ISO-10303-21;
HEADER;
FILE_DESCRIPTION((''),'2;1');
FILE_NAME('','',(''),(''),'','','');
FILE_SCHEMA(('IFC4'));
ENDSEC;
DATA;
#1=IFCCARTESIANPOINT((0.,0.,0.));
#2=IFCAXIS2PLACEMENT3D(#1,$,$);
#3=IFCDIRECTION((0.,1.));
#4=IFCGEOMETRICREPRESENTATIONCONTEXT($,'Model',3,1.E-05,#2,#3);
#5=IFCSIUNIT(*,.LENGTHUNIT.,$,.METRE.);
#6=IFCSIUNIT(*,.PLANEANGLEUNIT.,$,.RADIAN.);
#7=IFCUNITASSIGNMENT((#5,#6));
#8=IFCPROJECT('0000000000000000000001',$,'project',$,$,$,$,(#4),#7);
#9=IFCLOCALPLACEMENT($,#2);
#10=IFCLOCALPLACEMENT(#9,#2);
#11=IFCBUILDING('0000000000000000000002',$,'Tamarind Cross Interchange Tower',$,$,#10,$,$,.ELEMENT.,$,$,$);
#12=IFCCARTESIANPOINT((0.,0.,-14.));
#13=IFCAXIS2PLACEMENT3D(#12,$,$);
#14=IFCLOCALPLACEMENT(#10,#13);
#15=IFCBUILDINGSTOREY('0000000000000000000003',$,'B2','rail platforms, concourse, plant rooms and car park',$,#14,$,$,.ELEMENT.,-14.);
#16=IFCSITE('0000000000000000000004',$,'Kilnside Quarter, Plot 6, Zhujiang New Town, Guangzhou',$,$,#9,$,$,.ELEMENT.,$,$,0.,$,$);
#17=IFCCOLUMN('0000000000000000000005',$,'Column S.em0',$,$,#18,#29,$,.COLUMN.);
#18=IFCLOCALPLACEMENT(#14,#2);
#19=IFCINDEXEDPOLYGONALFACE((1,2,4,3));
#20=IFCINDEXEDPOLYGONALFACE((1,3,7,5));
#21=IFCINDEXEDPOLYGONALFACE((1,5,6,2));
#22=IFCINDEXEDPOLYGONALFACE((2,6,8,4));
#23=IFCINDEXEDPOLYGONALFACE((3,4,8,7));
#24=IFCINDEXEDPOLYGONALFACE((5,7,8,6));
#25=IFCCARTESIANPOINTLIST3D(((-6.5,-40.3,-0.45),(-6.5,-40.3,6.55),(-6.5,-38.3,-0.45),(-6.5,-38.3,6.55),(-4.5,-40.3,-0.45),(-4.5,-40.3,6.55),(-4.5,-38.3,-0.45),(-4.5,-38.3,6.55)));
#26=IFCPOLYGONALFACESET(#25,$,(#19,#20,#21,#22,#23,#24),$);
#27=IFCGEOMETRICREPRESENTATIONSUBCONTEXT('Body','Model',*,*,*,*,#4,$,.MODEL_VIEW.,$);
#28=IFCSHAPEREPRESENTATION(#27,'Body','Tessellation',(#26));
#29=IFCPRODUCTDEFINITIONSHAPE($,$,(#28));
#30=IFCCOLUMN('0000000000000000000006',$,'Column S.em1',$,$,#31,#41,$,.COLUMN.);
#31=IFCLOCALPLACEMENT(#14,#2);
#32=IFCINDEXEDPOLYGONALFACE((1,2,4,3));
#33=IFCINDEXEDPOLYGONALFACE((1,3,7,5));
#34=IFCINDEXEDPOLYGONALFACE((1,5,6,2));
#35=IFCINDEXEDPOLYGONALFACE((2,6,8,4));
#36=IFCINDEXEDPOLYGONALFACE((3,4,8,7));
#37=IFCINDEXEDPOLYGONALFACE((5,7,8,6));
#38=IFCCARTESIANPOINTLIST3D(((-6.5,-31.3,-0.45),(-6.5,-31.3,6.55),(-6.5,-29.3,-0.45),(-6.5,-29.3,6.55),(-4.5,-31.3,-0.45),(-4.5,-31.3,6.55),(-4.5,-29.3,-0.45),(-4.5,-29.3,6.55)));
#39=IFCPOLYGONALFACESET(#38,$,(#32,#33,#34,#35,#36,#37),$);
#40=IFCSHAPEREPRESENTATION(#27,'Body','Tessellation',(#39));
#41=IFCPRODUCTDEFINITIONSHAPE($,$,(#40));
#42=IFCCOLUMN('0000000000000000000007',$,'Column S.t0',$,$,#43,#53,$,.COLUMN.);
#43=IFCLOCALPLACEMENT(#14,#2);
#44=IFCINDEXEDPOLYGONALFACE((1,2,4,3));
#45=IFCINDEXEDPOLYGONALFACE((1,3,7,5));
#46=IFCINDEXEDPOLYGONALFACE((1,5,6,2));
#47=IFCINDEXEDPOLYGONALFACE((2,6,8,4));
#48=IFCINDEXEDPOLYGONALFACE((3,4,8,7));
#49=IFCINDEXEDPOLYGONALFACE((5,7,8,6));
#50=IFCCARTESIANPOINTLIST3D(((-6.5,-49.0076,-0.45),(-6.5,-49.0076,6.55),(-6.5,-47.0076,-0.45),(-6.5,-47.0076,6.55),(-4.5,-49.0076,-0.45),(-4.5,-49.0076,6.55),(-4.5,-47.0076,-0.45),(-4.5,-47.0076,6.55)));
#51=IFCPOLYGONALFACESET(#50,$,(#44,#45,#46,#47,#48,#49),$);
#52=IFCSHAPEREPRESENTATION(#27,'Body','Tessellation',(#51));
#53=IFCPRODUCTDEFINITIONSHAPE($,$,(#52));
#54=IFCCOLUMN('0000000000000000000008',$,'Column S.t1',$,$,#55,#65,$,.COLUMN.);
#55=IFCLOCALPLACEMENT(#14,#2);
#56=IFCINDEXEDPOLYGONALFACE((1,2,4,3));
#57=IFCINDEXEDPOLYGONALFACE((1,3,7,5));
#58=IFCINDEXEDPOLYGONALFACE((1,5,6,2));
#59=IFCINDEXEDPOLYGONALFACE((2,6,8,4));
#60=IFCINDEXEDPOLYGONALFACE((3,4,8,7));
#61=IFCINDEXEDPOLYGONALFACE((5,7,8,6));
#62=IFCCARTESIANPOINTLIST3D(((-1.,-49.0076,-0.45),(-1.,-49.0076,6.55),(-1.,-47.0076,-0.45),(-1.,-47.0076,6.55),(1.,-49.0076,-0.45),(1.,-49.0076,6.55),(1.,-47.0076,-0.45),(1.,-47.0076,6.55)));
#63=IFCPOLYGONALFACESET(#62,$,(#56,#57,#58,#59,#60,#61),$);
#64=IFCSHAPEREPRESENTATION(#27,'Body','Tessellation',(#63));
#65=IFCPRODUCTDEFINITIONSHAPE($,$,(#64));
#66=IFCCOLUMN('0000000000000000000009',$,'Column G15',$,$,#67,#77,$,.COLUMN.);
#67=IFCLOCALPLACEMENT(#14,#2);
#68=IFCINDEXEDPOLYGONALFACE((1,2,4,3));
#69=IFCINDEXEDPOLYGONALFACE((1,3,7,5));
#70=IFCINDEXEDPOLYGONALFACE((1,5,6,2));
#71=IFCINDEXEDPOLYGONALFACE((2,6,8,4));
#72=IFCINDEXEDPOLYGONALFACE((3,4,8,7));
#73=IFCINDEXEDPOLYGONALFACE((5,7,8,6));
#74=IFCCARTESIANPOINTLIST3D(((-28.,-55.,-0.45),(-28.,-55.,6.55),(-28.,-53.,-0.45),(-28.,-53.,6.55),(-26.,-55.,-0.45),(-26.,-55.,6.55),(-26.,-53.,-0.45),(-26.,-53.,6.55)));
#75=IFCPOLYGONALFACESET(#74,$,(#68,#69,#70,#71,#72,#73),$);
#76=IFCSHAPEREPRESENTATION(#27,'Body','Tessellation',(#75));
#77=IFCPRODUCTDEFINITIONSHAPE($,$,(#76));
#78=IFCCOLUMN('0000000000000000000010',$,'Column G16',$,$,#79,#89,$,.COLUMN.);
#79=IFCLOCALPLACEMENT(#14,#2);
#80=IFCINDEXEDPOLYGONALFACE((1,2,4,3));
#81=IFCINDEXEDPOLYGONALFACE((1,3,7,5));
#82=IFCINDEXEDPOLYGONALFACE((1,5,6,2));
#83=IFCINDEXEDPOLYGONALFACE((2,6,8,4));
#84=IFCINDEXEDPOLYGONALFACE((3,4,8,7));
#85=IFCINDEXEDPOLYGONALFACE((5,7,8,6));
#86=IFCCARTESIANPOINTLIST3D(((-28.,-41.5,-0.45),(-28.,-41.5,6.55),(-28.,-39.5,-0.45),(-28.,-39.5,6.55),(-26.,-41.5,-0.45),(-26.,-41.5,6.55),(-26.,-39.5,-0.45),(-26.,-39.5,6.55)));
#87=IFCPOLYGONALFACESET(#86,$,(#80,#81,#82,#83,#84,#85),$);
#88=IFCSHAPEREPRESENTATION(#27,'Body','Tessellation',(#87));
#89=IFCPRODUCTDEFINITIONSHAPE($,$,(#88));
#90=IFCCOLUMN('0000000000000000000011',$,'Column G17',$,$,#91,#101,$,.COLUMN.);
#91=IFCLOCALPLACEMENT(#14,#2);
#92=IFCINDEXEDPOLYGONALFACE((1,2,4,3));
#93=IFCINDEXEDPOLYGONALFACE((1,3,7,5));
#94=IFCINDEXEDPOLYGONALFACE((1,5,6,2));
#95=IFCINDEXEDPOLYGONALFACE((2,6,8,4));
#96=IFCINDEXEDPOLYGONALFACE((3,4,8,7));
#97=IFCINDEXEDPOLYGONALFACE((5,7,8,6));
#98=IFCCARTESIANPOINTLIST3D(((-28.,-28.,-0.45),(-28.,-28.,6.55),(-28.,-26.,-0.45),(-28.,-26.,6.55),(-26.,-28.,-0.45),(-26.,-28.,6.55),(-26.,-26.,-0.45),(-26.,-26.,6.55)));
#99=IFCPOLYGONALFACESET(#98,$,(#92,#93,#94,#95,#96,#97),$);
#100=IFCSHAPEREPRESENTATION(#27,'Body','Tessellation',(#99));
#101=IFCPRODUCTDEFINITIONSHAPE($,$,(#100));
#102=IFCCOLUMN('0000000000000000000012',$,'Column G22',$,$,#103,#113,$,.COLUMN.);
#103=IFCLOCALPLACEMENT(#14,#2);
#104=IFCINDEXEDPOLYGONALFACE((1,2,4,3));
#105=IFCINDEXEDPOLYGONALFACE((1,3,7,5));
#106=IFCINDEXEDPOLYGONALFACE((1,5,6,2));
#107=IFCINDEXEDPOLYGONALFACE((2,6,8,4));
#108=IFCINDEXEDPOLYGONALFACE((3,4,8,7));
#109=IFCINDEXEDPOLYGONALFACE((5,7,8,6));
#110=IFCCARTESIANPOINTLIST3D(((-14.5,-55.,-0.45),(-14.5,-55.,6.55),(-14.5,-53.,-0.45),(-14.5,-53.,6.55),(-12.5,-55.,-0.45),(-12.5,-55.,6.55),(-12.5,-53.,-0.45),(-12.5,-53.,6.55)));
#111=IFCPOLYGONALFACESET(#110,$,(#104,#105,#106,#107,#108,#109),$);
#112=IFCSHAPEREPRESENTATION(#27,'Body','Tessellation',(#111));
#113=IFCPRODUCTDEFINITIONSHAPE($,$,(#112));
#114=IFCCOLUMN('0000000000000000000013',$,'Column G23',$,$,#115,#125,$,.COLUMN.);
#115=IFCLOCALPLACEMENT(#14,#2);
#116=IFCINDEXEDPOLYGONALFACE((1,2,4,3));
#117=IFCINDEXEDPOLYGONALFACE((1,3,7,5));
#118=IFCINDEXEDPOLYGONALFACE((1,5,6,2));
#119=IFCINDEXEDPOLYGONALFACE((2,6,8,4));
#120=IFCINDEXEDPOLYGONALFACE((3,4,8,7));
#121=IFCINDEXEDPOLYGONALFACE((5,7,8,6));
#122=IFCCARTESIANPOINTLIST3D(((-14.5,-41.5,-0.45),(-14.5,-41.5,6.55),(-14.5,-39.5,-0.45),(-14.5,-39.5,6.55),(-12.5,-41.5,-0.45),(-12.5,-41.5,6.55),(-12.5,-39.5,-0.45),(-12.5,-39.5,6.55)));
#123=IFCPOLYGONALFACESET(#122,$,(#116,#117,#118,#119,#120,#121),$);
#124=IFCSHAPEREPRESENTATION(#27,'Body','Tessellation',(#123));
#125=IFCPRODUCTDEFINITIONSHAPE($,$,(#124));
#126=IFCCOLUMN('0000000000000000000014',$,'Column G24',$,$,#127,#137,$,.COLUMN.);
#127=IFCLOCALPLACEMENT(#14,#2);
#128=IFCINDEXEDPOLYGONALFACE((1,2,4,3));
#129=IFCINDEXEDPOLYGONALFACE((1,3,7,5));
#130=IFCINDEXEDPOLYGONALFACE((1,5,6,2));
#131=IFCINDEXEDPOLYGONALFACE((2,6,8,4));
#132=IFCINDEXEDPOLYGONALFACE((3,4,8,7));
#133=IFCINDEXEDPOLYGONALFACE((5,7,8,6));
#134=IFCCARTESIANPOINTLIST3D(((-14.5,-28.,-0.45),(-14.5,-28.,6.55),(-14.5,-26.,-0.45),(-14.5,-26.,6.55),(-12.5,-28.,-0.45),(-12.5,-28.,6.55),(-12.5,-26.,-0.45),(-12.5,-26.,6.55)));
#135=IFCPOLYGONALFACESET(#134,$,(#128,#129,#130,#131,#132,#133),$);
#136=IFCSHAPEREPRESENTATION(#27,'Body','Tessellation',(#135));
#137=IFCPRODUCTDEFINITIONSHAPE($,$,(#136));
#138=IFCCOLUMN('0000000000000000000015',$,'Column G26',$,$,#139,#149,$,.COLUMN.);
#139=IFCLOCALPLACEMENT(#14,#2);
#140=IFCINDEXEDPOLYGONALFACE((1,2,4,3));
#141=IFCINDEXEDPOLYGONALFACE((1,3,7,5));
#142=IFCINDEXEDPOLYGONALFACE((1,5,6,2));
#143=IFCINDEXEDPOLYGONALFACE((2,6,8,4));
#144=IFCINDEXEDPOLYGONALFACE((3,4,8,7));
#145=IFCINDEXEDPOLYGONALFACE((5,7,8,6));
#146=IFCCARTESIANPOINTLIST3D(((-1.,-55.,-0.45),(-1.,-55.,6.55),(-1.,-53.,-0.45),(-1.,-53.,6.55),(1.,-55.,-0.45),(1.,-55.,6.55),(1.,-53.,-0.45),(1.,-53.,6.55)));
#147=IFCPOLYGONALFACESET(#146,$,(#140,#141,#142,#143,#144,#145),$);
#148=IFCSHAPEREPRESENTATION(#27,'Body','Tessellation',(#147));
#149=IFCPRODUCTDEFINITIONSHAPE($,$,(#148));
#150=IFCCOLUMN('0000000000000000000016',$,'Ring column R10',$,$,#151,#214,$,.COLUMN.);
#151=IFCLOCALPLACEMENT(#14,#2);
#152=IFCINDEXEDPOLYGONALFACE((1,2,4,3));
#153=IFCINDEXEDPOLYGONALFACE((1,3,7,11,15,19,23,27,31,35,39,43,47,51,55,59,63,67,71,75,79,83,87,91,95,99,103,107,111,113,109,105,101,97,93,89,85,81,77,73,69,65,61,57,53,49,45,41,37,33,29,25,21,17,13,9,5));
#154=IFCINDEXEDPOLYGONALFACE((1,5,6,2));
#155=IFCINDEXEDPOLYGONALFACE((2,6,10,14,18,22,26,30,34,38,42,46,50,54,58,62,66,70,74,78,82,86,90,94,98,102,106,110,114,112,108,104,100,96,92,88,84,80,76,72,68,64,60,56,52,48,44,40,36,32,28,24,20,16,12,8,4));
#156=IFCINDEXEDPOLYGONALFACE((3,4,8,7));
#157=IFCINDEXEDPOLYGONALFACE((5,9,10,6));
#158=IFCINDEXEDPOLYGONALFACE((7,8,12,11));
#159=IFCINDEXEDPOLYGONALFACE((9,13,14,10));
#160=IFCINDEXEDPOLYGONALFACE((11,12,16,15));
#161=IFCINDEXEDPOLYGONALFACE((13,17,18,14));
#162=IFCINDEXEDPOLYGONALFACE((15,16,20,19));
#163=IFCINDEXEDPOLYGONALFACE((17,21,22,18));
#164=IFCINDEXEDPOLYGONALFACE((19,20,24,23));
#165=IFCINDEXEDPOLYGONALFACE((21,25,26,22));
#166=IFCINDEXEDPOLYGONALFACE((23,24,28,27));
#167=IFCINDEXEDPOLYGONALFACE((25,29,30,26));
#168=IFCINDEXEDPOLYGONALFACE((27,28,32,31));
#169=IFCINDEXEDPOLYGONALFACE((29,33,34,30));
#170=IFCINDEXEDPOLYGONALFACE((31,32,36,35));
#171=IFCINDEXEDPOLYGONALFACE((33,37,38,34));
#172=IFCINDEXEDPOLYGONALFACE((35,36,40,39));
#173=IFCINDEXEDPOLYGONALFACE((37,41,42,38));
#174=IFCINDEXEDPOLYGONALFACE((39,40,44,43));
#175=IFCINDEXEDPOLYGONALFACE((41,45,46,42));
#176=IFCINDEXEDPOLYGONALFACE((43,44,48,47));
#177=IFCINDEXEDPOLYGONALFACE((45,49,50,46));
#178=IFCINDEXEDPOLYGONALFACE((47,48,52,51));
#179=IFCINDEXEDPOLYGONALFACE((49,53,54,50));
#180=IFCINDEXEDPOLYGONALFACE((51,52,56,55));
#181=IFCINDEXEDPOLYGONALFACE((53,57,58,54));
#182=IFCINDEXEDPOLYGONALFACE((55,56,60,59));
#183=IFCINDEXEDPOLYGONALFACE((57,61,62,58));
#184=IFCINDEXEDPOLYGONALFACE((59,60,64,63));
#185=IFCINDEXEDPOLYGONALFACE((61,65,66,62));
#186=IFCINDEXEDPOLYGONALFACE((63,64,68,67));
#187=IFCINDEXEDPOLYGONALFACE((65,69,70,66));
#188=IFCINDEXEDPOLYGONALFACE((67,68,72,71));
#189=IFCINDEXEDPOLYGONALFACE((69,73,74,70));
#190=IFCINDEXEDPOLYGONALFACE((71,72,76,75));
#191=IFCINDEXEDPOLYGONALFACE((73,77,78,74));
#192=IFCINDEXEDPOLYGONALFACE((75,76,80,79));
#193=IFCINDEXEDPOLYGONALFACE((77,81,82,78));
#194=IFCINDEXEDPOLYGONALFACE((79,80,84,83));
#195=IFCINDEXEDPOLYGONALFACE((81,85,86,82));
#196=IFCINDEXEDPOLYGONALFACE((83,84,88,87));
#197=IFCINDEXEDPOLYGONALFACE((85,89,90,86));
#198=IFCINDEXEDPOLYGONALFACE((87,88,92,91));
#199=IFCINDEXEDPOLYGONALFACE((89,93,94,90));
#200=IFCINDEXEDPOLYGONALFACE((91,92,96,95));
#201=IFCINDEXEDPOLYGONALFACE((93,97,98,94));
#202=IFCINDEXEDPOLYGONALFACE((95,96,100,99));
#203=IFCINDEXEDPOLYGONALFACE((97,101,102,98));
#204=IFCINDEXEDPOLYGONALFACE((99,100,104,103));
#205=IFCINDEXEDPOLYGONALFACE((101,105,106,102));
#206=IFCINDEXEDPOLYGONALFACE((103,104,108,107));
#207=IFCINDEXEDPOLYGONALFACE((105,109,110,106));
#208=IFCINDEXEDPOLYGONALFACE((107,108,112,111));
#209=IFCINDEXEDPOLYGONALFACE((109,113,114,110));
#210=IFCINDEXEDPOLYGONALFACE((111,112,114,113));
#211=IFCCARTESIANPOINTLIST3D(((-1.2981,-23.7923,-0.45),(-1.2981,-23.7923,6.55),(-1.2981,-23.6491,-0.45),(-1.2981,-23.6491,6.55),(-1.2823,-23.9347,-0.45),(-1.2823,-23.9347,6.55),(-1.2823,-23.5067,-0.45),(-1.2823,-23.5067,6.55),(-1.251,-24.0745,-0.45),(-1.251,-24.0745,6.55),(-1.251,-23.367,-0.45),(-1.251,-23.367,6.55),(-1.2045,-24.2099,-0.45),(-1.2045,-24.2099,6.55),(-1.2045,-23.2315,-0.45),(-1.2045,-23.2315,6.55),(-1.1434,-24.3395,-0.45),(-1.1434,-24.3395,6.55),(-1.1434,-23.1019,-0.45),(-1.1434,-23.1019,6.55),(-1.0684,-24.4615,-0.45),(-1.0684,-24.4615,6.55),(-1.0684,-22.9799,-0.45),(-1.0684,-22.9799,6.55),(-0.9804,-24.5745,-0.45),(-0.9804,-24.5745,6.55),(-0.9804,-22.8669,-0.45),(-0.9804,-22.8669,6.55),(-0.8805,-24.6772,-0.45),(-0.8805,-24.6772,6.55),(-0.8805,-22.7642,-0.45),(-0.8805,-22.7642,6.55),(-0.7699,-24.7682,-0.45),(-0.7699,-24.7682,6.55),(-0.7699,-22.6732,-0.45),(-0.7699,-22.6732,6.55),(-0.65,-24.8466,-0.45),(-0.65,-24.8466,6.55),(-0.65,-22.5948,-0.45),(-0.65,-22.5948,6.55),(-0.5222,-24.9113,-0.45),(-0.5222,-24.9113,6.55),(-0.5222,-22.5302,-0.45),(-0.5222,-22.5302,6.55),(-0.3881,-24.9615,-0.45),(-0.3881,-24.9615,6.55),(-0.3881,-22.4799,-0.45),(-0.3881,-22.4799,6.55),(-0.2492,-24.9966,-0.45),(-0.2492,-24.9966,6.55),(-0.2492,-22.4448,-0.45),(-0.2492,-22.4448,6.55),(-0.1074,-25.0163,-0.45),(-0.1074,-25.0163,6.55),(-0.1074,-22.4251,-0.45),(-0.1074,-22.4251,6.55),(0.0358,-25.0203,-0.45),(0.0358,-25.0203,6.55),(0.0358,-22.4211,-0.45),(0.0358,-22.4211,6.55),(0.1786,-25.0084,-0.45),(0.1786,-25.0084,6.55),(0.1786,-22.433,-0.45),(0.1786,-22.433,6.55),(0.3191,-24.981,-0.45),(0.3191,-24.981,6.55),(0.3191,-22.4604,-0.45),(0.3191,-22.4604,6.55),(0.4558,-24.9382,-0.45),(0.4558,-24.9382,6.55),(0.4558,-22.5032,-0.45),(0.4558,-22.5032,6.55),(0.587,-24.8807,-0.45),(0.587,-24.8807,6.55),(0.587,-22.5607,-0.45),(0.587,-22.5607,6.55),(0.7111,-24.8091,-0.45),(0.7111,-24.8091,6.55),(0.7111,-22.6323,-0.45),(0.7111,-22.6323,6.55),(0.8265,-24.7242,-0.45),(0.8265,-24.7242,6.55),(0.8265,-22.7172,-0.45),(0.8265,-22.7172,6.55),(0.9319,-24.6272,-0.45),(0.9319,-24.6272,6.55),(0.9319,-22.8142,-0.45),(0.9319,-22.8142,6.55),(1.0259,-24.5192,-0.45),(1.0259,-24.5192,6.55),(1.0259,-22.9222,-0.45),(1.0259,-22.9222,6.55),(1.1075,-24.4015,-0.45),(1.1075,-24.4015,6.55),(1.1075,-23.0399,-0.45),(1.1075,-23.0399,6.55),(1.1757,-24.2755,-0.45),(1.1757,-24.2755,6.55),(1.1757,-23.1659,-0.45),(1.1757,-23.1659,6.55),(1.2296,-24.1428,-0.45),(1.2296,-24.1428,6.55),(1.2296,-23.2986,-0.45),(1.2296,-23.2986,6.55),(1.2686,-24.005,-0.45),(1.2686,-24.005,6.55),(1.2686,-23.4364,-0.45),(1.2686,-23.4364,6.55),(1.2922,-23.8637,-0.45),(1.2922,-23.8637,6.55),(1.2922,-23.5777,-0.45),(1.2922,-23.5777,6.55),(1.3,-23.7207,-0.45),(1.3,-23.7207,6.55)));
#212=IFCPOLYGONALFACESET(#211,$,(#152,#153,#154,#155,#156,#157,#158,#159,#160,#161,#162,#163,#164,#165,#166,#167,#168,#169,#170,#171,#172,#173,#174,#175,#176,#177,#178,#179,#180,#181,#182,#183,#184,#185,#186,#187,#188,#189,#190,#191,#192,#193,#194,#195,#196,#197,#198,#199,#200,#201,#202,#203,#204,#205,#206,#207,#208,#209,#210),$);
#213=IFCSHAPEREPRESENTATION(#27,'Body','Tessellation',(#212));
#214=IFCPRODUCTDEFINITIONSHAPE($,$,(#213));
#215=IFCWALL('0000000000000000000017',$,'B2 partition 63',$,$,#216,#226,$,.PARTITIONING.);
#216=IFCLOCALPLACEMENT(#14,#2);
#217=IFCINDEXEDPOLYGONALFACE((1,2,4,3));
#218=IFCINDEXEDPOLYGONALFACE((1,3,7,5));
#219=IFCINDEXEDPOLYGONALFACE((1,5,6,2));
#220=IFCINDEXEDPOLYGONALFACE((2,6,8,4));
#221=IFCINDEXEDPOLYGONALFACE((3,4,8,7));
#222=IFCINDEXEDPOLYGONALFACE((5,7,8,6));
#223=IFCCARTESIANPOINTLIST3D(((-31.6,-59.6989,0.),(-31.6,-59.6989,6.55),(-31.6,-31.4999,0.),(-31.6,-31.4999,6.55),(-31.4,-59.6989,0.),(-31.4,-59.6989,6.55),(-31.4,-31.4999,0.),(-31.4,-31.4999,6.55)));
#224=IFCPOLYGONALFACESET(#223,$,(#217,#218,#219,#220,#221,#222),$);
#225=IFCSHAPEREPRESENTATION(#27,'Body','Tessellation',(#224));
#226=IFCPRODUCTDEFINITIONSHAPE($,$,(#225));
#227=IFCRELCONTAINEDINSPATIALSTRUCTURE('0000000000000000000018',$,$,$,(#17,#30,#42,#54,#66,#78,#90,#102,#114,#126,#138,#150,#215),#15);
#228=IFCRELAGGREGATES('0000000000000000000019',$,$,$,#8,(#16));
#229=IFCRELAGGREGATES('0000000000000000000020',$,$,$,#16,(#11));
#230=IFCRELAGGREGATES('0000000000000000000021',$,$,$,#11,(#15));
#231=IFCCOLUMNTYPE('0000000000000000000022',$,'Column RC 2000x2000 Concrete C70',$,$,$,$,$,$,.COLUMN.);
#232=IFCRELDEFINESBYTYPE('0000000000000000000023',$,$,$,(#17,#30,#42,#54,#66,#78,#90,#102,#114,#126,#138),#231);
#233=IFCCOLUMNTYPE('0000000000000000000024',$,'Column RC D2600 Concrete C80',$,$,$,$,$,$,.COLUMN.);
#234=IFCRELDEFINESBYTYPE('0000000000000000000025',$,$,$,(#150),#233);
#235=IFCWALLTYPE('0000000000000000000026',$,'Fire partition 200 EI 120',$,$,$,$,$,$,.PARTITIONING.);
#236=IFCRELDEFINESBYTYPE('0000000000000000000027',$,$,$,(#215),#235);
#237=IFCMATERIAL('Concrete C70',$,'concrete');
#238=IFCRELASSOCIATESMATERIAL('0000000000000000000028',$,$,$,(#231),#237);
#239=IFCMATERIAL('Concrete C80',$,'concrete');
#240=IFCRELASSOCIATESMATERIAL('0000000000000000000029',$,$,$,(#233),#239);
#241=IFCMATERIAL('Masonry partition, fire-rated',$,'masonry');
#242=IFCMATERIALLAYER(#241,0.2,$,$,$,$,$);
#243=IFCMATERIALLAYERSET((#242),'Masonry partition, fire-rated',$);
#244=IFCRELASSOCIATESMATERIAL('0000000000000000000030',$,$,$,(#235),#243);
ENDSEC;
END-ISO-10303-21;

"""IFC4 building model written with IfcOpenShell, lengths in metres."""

from ifc_helpers import new_model, si_unit, direction, frame, frame_2d, origin, origin_2d, place, context, subcontext, project, spatial, rectangle, circle, extrude, material, layer, layer_set, material_profile, profile_set, type_object, element, save


model = new_model("IFC4")

# Units and contexts
model_context = context("Model", 3, precision=1e-05, world=origin(), true_north=direction((0.0, 1.0)))
body_context = subcontext(model_context, "Body", "Model", "MODEL_VIEW")
ifc_project = project(units=[si_unit("LENGTHUNIT", "METRE"), si_unit("PLANEANGLEUNIT", "RADIAN")], contexts=[model_context])

# Site, building, storey
site_placement = place(None, origin())
site = spatial("IfcSite", under=ifc_project, at=site_placement, Name="Kilnside Quarter, Plot 6, Zhujiang New Town, Guangzhou", CompositionType="ELEMENT", RefElevation=0.0)
building_placement = place(site_placement, origin())
building = spatial("IfcBuilding", under=site, at=building_placement, Name="Tamarind Cross Interchange Tower", CompositionType="ELEMENT")
storey_placement = place(building_placement, frame((0.0, 0.0, -14.0)))
storey = spatial("IfcBuildingStorey", under=building, at=storey_placement, Name="B2", Description="rail platforms, concourse, plant rooms and car park", CompositionType="ELEMENT", Elevation=-14.0)

# Columns
ifc_material_1 = material(Name="Concrete C70", Category="concrete")
ifc_material_profile_1 = material_profile(ifc_material_1, rectangle(XDim=2.0, YDim=2.0, at=origin_2d()), Name="RC 2000x2000")
ifc_profile_set_1 = profile_set([ifc_material_profile_1], Name="Concrete C70")
column_type_1 = type_object("IfcColumnType", Name="Column RC 2000x2000 Concrete C70", PredefinedType="COLUMN", material=ifc_profile_set_1)
for number, where, z_axis, x_axis, name in (
    (1, (-5.5, -39.3, -0.45), (0.0, 0.0, 1.0), (1.0, 0.0, 0.0), "Column S.em0"),
    (2, (-5.5, -30.3, -0.45), (0.0, 0.0, 1.0), (1.0, 0.0, 0.0), "Column S.em1"),
    (3, (-5.5, -48.0076, -0.45), (0.0, 0.0, 1.0), (1.0, 0.0, 0.0), "Column S.t0"),
    (4, (0.0, -48.0076, -0.45), (0.0, 0.0, 1.0), (1.0, 0.0, 0.0), "Column S.t1"),
    (5, (-27.0, -54.0, -0.45), (0.0, 0.0, 1.0), (1.0, 0.0, 0.0), "Column G15"),
    (6, (-27.0, -40.5, -0.45), (0.0, 0.0, 1.0), (1.0, 0.0, 0.0), "Column G16"),
    (7, (-27.0, -27.0, -0.45), (0.0, 0.0, 1.0), (1.0, 0.0, 0.0), "Column G17"),
    (8, (-13.5, -54.0, -0.45), (0.0, 0.0, 1.0), (1.0, 0.0, 0.0), "Column G22"),
    (9, (-13.5, -40.5, -0.45), (0.0, 0.0, 1.0), (1.0, 0.0, 0.0), "Column G23"),
    (10, (-13.5, -27.0, -0.45), (0.0, 0.0, 1.0), (1.0, 0.0, 0.0), "Column G24"),
    (11, (0.0, -54.0, -0.45), (0.0, 0.0, 1.0), (1.0, 0.0, 0.0), "Column G26"),
):
    element("IfcColumn", number, at=place(storey_placement, frame(where, z_axis=z_axis, x_axis=x_axis)), inside=storey, type_object=column_type_1, Name=name, PredefinedType="COLUMN", context=body_context, shape_type="SweptSolid", body=[
        extrude(rectangle(XDim=2.0, YDim=2.0, at=origin_2d()), origin(), (0.0, 0.0, 1.0), 7.0),
    ])
ifc_material_2 = material(Name="Concrete C80", Category="concrete")
ifc_material_profile_2 = material_profile(ifc_material_2, circle(Radius=1.3, at=origin_2d()), Name="RC D2600")
ifc_profile_set_2 = profile_set([ifc_material_profile_2], Name="Concrete C80")
column_type_2 = type_object("IfcColumnType", Name="Column RC D2600 Concrete C80", PredefinedType="COLUMN", material=ifc_profile_set_2)
column_placement = place(storey_placement, frame((0.0, -23.7207, -0.45), z_axis=(0.0, 0.0, 1.0), x_axis=(1.0, 0.0, 0.0)))
element("IfcColumn", 12, at=column_placement, inside=storey, type_object=column_type_2, Name="Ring column R10", PredefinedType="COLUMN", context=body_context, shape_type="SweptSolid", body=[
    extrude(circle(Radius=1.3, at=origin_2d()), origin(), (0.0, 0.0, 1.0), 7.0),
])

# Wall
ifc_material_3 = material(Name="Masonry partition, fire-rated", Category="masonry")
ifc_layer_1 = layer(ifc_material_3, 0.2)
ifc_layer_set_1 = layer_set([ifc_layer_1], Name="Masonry partition, fire-rated")
wall_type_1 = type_object("IfcWallType", Name="Fire partition 200 EI 120", PredefinedType="PARTITIONING", material=ifc_layer_set_1)
wall_1_placement = place(storey_placement, frame((-31.5, -59.699, 0.0), z_axis=(0.0, 0.0, 1.0), x_axis=(0.0, 1.0, 0.0)))
element("IfcWall", 13, at=wall_1_placement, inside=storey, type_object=wall_type_1, Name="B2 partition 63", PredefinedType="PARTITIONING", context=body_context, shape_type="SweptSolid", body=[
    extrude(rectangle(XDim=28.199, YDim=0.2, at=frame_2d((14.0996, 0.0))), origin(), (0.0, 0.0, 1.0), 6.55),
])

save(model, "model.ifc")
